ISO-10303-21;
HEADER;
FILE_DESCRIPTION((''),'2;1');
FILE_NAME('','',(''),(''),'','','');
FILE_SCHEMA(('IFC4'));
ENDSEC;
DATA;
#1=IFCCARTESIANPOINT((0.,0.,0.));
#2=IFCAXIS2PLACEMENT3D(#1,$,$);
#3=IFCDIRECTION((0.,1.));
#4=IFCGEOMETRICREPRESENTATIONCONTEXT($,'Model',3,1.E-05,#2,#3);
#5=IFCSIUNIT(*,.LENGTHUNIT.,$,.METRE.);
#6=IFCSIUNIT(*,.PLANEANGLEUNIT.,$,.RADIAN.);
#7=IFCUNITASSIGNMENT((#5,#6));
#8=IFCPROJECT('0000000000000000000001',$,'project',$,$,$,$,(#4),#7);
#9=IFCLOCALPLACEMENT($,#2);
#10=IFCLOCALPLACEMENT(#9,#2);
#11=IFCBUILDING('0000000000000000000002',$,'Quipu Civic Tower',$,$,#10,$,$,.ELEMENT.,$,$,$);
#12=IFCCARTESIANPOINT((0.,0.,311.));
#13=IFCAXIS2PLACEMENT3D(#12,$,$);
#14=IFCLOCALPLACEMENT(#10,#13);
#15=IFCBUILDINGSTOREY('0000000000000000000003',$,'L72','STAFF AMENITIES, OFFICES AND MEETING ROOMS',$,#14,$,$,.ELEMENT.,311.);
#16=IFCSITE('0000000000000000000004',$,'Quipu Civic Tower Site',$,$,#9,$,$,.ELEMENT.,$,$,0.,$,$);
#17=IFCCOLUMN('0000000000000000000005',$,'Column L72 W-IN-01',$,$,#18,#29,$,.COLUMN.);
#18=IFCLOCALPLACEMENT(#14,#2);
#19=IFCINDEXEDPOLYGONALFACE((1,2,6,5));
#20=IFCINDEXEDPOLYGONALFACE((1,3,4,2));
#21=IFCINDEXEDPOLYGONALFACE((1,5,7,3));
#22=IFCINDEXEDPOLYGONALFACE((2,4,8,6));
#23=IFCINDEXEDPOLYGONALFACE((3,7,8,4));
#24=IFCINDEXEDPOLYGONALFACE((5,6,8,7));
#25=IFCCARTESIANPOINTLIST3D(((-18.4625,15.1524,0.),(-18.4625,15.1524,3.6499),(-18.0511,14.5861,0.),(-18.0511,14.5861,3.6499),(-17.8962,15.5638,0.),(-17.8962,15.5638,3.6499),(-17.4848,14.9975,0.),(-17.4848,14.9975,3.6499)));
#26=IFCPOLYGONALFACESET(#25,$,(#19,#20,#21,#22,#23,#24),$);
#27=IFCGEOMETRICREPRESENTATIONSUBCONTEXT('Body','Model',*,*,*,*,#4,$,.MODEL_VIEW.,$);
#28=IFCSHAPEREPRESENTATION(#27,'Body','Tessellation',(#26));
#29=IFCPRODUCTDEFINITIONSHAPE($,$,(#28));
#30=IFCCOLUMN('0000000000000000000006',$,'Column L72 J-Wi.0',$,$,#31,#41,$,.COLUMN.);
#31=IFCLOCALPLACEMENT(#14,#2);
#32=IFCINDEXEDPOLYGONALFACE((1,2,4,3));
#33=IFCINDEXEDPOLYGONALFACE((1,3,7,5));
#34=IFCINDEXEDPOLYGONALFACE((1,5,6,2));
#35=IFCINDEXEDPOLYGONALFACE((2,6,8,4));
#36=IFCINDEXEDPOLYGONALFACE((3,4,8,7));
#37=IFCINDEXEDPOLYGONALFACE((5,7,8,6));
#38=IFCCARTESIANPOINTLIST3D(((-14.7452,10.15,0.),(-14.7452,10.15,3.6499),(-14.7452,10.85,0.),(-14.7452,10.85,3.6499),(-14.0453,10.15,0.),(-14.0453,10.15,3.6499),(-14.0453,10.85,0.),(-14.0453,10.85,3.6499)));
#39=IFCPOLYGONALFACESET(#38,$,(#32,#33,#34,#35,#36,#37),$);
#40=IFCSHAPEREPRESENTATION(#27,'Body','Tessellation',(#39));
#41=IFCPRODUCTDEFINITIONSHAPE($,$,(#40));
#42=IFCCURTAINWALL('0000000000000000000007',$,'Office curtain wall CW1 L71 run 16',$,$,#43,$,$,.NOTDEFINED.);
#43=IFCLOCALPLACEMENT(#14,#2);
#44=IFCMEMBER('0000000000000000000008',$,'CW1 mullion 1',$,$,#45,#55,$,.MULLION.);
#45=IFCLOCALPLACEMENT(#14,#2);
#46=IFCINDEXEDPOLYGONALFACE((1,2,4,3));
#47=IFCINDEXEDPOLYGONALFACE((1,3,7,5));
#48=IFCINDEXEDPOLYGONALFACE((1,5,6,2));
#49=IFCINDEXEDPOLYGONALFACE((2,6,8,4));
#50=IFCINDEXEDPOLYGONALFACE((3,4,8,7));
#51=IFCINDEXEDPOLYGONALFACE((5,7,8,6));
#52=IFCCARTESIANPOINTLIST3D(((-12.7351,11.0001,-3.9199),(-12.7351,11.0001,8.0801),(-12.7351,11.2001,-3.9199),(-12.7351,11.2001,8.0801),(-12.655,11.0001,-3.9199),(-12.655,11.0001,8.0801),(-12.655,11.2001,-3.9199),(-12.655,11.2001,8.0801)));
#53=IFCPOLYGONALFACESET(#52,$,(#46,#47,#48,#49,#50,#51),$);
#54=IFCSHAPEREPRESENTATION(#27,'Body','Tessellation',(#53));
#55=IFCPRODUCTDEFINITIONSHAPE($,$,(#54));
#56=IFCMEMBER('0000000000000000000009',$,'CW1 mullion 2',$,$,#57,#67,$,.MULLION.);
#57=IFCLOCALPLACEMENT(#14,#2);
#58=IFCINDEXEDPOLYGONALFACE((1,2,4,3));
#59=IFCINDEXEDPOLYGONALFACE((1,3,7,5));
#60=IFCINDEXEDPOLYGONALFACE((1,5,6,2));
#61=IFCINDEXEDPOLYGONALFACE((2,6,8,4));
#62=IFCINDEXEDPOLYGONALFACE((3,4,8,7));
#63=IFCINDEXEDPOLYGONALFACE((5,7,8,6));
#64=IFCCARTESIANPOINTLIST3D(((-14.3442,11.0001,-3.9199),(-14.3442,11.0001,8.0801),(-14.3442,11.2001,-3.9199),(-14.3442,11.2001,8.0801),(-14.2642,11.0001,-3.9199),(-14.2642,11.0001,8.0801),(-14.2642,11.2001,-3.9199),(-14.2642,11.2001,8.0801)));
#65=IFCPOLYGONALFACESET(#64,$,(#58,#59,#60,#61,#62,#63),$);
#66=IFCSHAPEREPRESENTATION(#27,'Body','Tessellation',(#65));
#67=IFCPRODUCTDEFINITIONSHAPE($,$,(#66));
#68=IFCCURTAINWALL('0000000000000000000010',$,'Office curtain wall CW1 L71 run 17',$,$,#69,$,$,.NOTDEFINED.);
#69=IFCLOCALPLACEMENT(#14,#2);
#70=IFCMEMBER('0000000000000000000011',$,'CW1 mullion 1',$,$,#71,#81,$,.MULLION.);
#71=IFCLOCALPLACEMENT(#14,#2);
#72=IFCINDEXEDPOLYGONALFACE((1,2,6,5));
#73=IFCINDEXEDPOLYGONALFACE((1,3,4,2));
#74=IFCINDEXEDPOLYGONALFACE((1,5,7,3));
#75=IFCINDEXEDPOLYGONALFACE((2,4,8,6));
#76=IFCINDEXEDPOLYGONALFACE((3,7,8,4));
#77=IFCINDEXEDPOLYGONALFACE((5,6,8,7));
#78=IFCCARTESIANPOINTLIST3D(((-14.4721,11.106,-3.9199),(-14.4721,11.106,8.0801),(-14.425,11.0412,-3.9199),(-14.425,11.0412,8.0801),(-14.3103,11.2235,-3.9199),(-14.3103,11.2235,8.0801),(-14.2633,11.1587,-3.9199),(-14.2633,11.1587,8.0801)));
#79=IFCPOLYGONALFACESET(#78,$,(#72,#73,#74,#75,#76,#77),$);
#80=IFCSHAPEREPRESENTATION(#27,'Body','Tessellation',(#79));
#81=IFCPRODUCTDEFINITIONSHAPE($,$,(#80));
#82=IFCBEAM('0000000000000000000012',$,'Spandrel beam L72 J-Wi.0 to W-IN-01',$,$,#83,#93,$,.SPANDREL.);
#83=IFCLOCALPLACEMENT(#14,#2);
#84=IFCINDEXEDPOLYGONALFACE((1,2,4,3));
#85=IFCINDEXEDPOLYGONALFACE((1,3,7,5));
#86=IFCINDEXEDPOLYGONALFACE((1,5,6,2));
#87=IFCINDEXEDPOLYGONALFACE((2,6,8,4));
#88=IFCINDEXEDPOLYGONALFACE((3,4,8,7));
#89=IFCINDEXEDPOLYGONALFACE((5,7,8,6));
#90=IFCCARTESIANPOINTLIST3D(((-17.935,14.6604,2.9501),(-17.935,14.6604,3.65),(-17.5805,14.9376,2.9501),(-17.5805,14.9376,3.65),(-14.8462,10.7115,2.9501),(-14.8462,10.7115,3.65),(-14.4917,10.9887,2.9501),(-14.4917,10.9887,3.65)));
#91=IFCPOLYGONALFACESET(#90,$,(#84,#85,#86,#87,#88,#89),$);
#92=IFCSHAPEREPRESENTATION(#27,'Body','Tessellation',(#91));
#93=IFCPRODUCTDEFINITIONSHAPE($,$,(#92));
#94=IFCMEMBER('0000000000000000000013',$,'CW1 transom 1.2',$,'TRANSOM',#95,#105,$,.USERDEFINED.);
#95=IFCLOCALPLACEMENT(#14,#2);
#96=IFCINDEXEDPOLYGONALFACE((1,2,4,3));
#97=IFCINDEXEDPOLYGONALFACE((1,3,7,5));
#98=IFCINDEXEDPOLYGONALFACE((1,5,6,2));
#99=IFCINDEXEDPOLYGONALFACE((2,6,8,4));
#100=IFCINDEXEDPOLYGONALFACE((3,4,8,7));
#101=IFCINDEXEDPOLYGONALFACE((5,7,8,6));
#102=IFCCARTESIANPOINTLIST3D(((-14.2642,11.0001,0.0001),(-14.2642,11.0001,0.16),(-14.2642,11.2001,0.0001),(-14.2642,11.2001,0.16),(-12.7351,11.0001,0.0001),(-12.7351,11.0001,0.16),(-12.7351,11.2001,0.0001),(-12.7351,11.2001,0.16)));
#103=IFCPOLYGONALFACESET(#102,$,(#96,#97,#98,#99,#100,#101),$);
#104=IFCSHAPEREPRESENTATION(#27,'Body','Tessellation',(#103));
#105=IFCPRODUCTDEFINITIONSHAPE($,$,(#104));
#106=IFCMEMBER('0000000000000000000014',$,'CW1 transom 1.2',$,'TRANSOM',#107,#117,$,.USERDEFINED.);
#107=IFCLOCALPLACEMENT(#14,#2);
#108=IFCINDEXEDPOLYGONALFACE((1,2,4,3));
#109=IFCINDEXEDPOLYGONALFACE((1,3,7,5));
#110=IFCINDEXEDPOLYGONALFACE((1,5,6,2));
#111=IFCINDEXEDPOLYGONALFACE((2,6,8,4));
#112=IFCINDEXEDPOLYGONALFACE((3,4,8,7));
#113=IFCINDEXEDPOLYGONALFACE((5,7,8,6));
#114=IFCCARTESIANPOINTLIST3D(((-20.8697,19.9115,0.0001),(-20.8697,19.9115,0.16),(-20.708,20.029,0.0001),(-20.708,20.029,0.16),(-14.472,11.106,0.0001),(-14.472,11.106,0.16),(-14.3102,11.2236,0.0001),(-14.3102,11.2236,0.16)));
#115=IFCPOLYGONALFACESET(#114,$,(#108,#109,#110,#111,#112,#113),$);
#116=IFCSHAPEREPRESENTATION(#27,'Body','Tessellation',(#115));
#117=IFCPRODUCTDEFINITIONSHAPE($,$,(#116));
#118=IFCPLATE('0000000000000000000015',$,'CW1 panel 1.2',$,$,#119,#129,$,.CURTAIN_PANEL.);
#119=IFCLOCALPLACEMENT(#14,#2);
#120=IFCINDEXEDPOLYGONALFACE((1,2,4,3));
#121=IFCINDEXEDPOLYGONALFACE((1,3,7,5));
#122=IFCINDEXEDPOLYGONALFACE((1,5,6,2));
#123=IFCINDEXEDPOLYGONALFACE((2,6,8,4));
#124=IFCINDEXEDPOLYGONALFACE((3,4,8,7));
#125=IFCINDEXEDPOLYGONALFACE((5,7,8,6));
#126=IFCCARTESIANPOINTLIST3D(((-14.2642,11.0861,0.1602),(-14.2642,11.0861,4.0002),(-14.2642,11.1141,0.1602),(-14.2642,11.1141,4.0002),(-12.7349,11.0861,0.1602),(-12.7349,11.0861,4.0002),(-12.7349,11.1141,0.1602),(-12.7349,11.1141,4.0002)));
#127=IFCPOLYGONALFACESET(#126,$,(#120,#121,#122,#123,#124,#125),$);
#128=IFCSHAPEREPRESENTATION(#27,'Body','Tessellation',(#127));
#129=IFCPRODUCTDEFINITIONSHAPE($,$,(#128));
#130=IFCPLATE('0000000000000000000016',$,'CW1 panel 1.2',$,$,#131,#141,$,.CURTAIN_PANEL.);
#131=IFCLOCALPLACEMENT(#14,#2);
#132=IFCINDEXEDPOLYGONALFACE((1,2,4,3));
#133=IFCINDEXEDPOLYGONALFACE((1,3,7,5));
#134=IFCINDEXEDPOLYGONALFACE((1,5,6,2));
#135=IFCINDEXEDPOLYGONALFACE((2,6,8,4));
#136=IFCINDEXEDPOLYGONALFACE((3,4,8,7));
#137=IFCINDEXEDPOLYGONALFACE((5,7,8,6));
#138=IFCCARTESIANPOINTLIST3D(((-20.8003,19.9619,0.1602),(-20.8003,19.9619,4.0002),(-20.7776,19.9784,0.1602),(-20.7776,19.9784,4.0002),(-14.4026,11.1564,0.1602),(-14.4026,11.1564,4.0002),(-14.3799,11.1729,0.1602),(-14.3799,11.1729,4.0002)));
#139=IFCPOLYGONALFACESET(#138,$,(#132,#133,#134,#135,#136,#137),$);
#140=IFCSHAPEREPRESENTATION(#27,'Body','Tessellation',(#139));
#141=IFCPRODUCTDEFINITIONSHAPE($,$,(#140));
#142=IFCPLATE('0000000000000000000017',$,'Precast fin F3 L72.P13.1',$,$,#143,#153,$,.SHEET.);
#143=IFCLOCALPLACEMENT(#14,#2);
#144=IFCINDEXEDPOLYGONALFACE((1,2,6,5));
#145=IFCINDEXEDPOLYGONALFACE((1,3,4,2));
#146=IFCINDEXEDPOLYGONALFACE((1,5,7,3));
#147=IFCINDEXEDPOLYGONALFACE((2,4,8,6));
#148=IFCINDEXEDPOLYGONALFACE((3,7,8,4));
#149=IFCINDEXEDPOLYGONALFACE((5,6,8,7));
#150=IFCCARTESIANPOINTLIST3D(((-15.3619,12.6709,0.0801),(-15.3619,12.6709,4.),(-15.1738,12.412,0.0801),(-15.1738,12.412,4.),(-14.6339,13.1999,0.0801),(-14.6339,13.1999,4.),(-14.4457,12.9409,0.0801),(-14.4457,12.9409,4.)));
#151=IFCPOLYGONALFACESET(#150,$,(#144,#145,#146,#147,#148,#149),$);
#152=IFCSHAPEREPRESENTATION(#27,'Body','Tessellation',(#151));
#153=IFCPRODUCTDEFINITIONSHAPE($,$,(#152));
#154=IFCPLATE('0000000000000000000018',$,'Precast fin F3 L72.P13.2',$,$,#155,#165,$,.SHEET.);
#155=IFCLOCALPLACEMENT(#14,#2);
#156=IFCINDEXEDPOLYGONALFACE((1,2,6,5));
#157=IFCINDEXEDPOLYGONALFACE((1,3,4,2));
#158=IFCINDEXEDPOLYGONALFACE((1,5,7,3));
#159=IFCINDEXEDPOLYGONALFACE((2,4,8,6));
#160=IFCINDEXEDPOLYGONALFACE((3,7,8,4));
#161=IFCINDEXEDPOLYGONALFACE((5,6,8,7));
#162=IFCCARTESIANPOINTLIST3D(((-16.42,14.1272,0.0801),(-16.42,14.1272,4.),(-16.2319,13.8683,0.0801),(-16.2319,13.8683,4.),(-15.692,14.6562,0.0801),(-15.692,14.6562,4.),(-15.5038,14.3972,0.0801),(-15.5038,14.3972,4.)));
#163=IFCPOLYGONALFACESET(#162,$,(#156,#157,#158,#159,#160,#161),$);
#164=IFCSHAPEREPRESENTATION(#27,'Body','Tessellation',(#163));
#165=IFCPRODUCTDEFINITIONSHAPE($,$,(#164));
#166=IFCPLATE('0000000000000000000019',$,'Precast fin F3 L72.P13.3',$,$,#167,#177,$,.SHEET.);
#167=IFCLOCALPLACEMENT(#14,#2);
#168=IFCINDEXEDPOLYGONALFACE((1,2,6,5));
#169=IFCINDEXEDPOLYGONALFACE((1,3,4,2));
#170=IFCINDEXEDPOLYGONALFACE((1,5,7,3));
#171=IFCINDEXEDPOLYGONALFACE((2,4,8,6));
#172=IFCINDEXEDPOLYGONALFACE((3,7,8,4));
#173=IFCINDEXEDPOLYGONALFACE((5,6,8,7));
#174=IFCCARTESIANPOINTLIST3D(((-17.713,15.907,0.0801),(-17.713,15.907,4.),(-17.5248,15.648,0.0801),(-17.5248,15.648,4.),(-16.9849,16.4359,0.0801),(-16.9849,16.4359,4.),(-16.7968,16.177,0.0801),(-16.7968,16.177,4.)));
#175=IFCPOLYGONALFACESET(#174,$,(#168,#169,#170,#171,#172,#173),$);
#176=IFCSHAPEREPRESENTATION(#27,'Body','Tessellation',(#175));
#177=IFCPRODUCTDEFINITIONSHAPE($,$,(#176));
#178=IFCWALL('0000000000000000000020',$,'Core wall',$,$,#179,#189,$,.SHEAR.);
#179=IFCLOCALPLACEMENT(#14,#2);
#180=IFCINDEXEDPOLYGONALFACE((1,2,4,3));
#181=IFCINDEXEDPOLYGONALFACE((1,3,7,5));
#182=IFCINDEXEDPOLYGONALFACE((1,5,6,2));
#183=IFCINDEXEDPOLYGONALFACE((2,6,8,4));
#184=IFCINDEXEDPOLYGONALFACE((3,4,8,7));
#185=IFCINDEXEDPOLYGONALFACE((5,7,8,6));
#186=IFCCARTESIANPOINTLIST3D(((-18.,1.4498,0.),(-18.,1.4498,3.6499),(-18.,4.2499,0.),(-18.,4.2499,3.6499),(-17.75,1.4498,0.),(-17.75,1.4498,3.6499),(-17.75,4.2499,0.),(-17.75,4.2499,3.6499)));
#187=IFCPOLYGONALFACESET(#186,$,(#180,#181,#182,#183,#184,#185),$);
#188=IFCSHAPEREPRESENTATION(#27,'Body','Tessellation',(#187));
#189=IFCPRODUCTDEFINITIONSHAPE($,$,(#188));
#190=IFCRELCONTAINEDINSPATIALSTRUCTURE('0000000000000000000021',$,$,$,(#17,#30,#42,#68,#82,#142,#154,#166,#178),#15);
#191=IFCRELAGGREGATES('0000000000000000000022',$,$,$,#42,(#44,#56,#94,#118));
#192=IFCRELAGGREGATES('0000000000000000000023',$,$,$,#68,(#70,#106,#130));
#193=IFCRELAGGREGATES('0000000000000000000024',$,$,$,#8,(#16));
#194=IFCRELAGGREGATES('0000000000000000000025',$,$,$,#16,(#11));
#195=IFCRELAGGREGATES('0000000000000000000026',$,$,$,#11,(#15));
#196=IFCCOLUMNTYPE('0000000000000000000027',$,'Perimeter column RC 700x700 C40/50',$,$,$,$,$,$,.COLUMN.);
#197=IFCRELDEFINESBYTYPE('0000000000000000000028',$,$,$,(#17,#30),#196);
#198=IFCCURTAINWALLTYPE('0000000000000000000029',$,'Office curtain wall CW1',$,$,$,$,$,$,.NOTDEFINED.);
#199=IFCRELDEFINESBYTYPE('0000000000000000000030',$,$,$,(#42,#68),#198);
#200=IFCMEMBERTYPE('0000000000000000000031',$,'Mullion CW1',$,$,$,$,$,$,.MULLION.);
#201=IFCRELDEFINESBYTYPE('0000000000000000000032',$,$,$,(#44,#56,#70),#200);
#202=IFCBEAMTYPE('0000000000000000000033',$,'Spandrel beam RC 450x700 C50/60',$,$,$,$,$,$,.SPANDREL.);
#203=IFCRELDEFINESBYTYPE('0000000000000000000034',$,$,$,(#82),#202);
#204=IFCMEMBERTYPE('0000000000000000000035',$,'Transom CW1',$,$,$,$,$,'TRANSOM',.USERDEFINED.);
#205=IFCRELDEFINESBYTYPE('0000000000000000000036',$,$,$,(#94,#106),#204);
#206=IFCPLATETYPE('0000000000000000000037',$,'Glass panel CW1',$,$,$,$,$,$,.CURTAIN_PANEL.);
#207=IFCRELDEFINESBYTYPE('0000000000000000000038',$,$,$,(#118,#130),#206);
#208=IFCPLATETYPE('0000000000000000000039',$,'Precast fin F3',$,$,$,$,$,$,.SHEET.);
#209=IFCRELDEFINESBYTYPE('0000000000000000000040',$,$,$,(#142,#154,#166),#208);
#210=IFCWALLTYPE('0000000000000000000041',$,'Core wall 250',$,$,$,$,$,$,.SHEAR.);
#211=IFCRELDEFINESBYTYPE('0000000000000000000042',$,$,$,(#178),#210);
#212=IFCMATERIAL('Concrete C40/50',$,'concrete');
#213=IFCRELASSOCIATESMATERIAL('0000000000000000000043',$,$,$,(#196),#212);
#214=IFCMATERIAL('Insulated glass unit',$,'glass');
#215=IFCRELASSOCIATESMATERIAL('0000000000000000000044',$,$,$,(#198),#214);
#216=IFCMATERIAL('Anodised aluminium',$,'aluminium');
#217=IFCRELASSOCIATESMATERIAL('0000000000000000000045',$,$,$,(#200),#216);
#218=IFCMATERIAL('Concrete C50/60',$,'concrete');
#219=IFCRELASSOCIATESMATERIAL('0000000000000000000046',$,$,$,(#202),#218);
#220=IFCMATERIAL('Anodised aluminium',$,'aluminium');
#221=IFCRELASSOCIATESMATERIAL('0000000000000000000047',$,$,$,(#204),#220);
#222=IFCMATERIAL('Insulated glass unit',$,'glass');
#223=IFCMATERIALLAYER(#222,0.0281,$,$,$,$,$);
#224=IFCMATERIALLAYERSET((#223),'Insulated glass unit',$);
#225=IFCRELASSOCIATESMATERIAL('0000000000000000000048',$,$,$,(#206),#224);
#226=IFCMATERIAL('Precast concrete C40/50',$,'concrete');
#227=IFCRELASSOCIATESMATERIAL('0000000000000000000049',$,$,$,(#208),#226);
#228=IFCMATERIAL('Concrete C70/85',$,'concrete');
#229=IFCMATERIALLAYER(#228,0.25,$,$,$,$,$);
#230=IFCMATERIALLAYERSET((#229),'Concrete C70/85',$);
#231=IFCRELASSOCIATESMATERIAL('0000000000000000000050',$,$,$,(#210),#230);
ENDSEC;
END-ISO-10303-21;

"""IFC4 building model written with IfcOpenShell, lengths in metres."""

from ifc_helpers import new_model, si_unit, direction, frame, frame_2d, origin, origin_2d, place, context, subcontext, project, spatial, rectangle, extrude, material, layer, layer_set, material_profile, profile_set, type_object, element, aggregate, save


model = new_model("IFC4")

# Units and contexts
model_context = context("Model", 3, precision=1e-05, world=origin(), true_north=direction((0.0, 1.0)))
body_context = subcontext(model_context, "Body", "Model", "MODEL_VIEW")
ifc_project = project(units=[si_unit("LENGTHUNIT", "METRE"), si_unit("PLANEANGLEUNIT", "RADIAN")], contexts=[model_context])

# Site, building, storey
site_placement = place(None, origin())
site = spatial("IfcSite", under=ifc_project, at=site_placement, Name="Quipu Civic Tower Site", CompositionType="ELEMENT", RefElevation=0.0)
building_placement = place(site_placement, origin())
building = spatial("IfcBuilding", under=site, at=building_placement, Name="Quipu Civic Tower", CompositionType="ELEMENT")
storey_placement = place(building_placement, frame((0.0, 0.0, 311.0)))
storey = spatial("IfcBuildingStorey", under=building, at=storey_placement, Name="L72", Description="STAFF AMENITIES, OFFICES AND MEETING ROOMS", CompositionType="ELEMENT", Elevation=311.0)

# Columns
ifc_material_1 = material(Name="Concrete C40/50", Category="concrete")
ifc_material_profile_1 = material_profile(ifc_material_1, rectangle(XDim=0.7, YDim=0.7, at=origin_2d()), Name="RC700x700")
ifc_profile_set_1 = profile_set([ifc_material_profile_1], Name="Concrete C40/50")
column_type = type_object("IfcColumnType", Name="Perimeter column RC 700x700 C40/50", PredefinedType="COLUMN", material=ifc_profile_set_1)
for number, where, z_axis, x_axis, name in (
    (1, (-17.9736, 15.075, 0.0), (0.0, 0.0, 1.0), (-0.587785, 0.809017, 0.0), "Column L72 W-IN-01"),
    (2, (-14.3953, 10.5, 0.0), (0.0, 0.0, 1.0), (-1.0, 0.0, 0.0), "Column L72 J-Wi.0"),
):
    element("IfcColumn", number, at=place(storey_placement, frame(where, z_axis=z_axis, x_axis=x_axis)), inside=storey, type_object=column_type, Name=name, PredefinedType="COLUMN", context=body_context, shape_type="SweptSolid", body=[
        extrude(rectangle(XDim=0.7, YDim=0.7, at=origin_2d()), origin(), (0.0, 0.0, 1.0), 3.6499),
    ])

# Curtain wall, members
ifc_material_2 = material(Name="Insulated glass unit", Category="glass")
curtain_wall_type = type_object("IfcCurtainWallType", Name="Office curtain wall CW1", PredefinedType="NOTDEFINED", material=ifc_material_2)
curtain_wall_1_placement = place(storey_placement, origin())
curtain_wall_1 = element("IfcCurtainWall", 3, at=curtain_wall_1_placement, inside=storey, type_object=curtain_wall_type, Name="Office curtain wall CW1 L71 run 16", PredefinedType="NOTDEFINED")
ifc_material_3 = material(Name="Anodised aluminium", Category="aluminium")
ifc_material_profile_2 = material_profile(ifc_material_3, rectangle(XDim=0.2, YDim=0.0801, at=origin_2d()), Name="RECT 200x80")
ifc_profile_set_2 = profile_set([ifc_material_profile_2], Name="Anodised aluminium")
member_type_1 = type_object("IfcMemberType", Name="Mullion CW1", PredefinedType="MULLION", material=ifc_profile_set_2)
member_1_placement = place(storey_placement, frame((-12.6951, 11.1001, -3.9199), z_axis=(0.0, 0.0, 1.0), x_axis=(0.0, -1.0, 0.0)))
member_1 = element("IfcMember", 4, at=member_1_placement, type_object=member_type_1, Name="CW1 mullion 1", PredefinedType="MULLION", context=body_context, shape_type="SweptSolid", body=[
    extrude(rectangle(XDim=0.2, YDim=0.0801, at=origin_2d()), origin(), (0.0, 0.0, 1.0), 12.0),
])
member_2_placement = place(storey_placement, frame((-14.3042, 11.1001, -3.9199), z_axis=(0.0, 0.0, 1.0), x_axis=(0.0, -1.0, 0.0)))
member_2 = element("IfcMember", 5, at=member_2_placement, type_object=member_type_1, Name="CW1 mullion 2", PredefinedType="MULLION", context=body_context, shape_type="SweptSolid", body=[
    extrude(rectangle(XDim=0.2, YDim=0.0801, at=origin_2d()), origin(), (0.0, 0.0, 1.0), 12.0),
])

# Curtain wall, member
curtain_wall_2_placement = place(storey_placement, origin())
curtain_wall_2 = element("IfcCurtainWall", 6, at=curtain_wall_2_placement, inside=storey, type_object=curtain_wall_type, Name="Office curtain wall CW1 L71 run 17", PredefinedType="NOTDEFINED")
member_3_placement = place(storey_placement, frame((-14.3677, 11.1323, -3.9199), z_axis=(0.0, 0.0, 1.0), x_axis=(-0.809015, -0.587788, 0.0)))
member_3 = element("IfcMember", 7, at=member_3_placement, type_object=member_type_1, Name="CW1 mullion 1", PredefinedType="MULLION", context=body_context, shape_type="SweptSolid", body=[
    extrude(rectangle(XDim=0.2, YDim=0.0801, at=origin_2d()), origin(), (0.0, 0.0, 1.0), 12.0),
])

# Beam
ifc_material_4 = material(Name="Concrete C50/60", Category="concrete")
ifc_material_profile_3 = material_profile(ifc_material_4, rectangle(XDim=0.45, YDim=0.7, at=origin_2d()), Name="RC450x700")
ifc_profile_set_3 = profile_set([ifc_material_profile_3], Name="Concrete C50/60")
beam_type = type_object("IfcBeamType", Name="Spandrel beam RC 450x700 C50/60", PredefinedType="SPANDREL", material=ifc_profile_set_3)
beam_placement = place(storey_placement, frame((-14.6689, 10.8501, 3.3), z_axis=(-0.616106, 0.787663, 0.0), x_axis=(-0.787663, -0.616106, 0.0)))
element("IfcBeam", 8, at=beam_placement, inside=storey, type_object=beam_type, Name="Spandrel beam L72 J-Wi.0 to W-IN-01", PredefinedType="SPANDREL", context=body_context, shape_type="SweptSolid", body=[
    extrude(rectangle(XDim=0.45, YDim=0.7, at=origin_2d()), origin(), (0.0, 0.0, 1.0), 5.0134),
])

# Members
ifc_material_5 = material(Name="Anodised aluminium", Category="aluminium")
ifc_material_profile_4 = material_profile(ifc_material_5, rectangle(XDim=0.2, YDim=0.1599, at=origin_2d()), Name="RECT 200x160")
ifc_profile_set_4 = profile_set([ifc_material_profile_4], Name="Anodised aluminium")
member_type_2 = type_object("IfcMemberType", Name="Transom CW1", ElementType="TRANSOM", PredefinedType="USERDEFINED", material=ifc_profile_set_4)
member_4_placement = place(storey_placement, frame((-12.7351, 11.1001, 0.0801), z_axis=(-1.0, 0.0, 0.0), x_axis=(0.0, -1.0, 0.0)))
member_4 = element("IfcMember", 9, at=member_4_placement, type_object=member_type_2, Name="CW1 transom 1.2", ObjectType="TRANSOM", PredefinedType="USERDEFINED", context=body_context, shape_type="SweptSolid", body=[
    extrude(rectangle(XDim=0.2, YDim=0.1599, at=origin_2d()), origin(), (0.0, 0.0, 1.0), 1.5291),
])
member_5_placement = place(storey_placement, frame((-14.3911, 11.1648, 0.0801), z_axis=(-0.587797, 0.809009, 0.0), x_axis=(-0.809009, -0.587797, 0.0)))
member_5 = element("IfcMember", 10, at=member_5_placement, type_object=member_type_2, Name="CW1 transom 1.2", ObjectType="TRANSOM", PredefinedType="USERDEFINED", context=body_context, shape_type="SweptSolid", body=[
    extrude(rectangle(XDim=0.2, YDim=0.1599, at=origin_2d()), origin(), (0.0, 0.0, 1.0), 10.8843),
])

# Plates
ifc_material_6 = material(Name="Insulated glass unit", Category="glass")
ifc_layer_1 = layer(ifc_material_6, 0.0281)
ifc_layer_set_1 = layer_set([ifc_layer_1], Name="Insulated glass unit")
plate_type_1 = type_object("IfcPlateType", Name="Glass panel CW1", PredefinedType="CURTAIN_PANEL", material=ifc_layer_set_1)
plate_1_placement = place(storey_placement, frame((-13.4995, 11.1001, 0.1602), z_axis=(0.0, 0.0, 1.0), x_axis=(-1.0, 0.0, 0.0)))
plate_1 = element("IfcPlate", 11, at=plate_1_placement, type_object=plate_type_1, Name="CW1 panel 1.2", PredefinedType="CURTAIN_PANEL", context=body_context, shape_type="SweptSolid", body=[
    extrude(rectangle(XDim=1.5293, YDim=0.0281, at=origin_2d()), origin(), (0.0, 0.0, 1.0), 3.8401),
])
aggregate(curtain_wall_1, [member_1, member_2, member_4, plate_1])
plate_2_placement = place(storey_placement, frame((-17.5901, 15.5674, 0.1602), z_axis=(0.0, 0.0, 1.0), x_axis=(-0.587788, 0.809015, 0.0)))
plate_2 = element("IfcPlate", 12, at=plate_2_placement, type_object=plate_type_1, Name="CW1 panel 1.2", PredefinedType="CURTAIN_PANEL", context=body_context, shape_type="SweptSolid", body=[
    extrude(rectangle(XDim=10.8843, YDim=0.0281, at=origin_2d()), origin(), (0.0, 0.0, 1.0), 3.8401),
])
aggregate(curtain_wall_2, [member_3, member_5, plate_2])

# Plates
ifc_material_7 = material(Name="Precast concrete C40/50", Category="concrete")
plate_type_2 = type_object("IfcPlateType", Name="Precast fin F3", PredefinedType="SHEET", material=ifc_material_7)
for number, where, z_axis, x_axis, name in (
    (13, (-14.9038, 12.8059, 0.0801), (0.0, 0.0, 1.0), (-0.587784, 0.809018, 0.0), "Precast fin F3 L72.P13.1"),
    (14, (-15.9619, 14.2622, 0.0801), (0.0, 0.0, 1.0), (-0.587784, 0.809018, 0.0), "Precast fin F3 L72.P13.2"),
    (15, (-17.2549, 16.042, 0.0801), (0.0, 0.0, 1.0), (-0.587784, 0.809018, 0.0), "Precast fin F3 L72.P13.3"),
):
    element("IfcPlate", number, at=place(storey_placement, frame(where, z_axis=z_axis, x_axis=x_axis)), inside=storey, type_object=plate_type_2, Name=name, PredefinedType="SHEET", context=body_context, shape_type="SweptSolid", body=[
        extrude(rectangle(XDim=0.3201, YDim=0.8999, at=origin_2d()), origin(), (0.0, 0.0, 1.0), 3.9199),
    ])

# Wall
ifc_material_8 = material(Name="Concrete C70/85", Category="concrete")
ifc_layer_2 = layer(ifc_material_8, 0.25)
ifc_layer_set_2 = layer_set([ifc_layer_2], Name="Concrete C70/85")
wall_type_1 = type_object("IfcWallType", Name="Core wall 250", PredefinedType="SHEAR", material=ifc_layer_set_2)
for number, where, z_axis, x_axis, name in (
    (16, (-17.875, 1.45, 0.0), (0.0, 0.0, 1.0), (0.0, 1.0, 0.0), "Core wall"),
):
    element("IfcWall", number, at=place(storey_placement, frame(where, z_axis=z_axis, x_axis=x_axis)), inside=storey, type_object=wall_type_1, Name=name, PredefinedType="SHEAR", context=body_context, shape_type="SweptSolid", body=[
        extrude(rectangle(XDim=2.8, YDim=0.25, at=frame_2d((1.3999, 0.0))), origin(), (0.0, 0.0, 1.0), 3.6499),
    ])

save(model, "model.ifc")
